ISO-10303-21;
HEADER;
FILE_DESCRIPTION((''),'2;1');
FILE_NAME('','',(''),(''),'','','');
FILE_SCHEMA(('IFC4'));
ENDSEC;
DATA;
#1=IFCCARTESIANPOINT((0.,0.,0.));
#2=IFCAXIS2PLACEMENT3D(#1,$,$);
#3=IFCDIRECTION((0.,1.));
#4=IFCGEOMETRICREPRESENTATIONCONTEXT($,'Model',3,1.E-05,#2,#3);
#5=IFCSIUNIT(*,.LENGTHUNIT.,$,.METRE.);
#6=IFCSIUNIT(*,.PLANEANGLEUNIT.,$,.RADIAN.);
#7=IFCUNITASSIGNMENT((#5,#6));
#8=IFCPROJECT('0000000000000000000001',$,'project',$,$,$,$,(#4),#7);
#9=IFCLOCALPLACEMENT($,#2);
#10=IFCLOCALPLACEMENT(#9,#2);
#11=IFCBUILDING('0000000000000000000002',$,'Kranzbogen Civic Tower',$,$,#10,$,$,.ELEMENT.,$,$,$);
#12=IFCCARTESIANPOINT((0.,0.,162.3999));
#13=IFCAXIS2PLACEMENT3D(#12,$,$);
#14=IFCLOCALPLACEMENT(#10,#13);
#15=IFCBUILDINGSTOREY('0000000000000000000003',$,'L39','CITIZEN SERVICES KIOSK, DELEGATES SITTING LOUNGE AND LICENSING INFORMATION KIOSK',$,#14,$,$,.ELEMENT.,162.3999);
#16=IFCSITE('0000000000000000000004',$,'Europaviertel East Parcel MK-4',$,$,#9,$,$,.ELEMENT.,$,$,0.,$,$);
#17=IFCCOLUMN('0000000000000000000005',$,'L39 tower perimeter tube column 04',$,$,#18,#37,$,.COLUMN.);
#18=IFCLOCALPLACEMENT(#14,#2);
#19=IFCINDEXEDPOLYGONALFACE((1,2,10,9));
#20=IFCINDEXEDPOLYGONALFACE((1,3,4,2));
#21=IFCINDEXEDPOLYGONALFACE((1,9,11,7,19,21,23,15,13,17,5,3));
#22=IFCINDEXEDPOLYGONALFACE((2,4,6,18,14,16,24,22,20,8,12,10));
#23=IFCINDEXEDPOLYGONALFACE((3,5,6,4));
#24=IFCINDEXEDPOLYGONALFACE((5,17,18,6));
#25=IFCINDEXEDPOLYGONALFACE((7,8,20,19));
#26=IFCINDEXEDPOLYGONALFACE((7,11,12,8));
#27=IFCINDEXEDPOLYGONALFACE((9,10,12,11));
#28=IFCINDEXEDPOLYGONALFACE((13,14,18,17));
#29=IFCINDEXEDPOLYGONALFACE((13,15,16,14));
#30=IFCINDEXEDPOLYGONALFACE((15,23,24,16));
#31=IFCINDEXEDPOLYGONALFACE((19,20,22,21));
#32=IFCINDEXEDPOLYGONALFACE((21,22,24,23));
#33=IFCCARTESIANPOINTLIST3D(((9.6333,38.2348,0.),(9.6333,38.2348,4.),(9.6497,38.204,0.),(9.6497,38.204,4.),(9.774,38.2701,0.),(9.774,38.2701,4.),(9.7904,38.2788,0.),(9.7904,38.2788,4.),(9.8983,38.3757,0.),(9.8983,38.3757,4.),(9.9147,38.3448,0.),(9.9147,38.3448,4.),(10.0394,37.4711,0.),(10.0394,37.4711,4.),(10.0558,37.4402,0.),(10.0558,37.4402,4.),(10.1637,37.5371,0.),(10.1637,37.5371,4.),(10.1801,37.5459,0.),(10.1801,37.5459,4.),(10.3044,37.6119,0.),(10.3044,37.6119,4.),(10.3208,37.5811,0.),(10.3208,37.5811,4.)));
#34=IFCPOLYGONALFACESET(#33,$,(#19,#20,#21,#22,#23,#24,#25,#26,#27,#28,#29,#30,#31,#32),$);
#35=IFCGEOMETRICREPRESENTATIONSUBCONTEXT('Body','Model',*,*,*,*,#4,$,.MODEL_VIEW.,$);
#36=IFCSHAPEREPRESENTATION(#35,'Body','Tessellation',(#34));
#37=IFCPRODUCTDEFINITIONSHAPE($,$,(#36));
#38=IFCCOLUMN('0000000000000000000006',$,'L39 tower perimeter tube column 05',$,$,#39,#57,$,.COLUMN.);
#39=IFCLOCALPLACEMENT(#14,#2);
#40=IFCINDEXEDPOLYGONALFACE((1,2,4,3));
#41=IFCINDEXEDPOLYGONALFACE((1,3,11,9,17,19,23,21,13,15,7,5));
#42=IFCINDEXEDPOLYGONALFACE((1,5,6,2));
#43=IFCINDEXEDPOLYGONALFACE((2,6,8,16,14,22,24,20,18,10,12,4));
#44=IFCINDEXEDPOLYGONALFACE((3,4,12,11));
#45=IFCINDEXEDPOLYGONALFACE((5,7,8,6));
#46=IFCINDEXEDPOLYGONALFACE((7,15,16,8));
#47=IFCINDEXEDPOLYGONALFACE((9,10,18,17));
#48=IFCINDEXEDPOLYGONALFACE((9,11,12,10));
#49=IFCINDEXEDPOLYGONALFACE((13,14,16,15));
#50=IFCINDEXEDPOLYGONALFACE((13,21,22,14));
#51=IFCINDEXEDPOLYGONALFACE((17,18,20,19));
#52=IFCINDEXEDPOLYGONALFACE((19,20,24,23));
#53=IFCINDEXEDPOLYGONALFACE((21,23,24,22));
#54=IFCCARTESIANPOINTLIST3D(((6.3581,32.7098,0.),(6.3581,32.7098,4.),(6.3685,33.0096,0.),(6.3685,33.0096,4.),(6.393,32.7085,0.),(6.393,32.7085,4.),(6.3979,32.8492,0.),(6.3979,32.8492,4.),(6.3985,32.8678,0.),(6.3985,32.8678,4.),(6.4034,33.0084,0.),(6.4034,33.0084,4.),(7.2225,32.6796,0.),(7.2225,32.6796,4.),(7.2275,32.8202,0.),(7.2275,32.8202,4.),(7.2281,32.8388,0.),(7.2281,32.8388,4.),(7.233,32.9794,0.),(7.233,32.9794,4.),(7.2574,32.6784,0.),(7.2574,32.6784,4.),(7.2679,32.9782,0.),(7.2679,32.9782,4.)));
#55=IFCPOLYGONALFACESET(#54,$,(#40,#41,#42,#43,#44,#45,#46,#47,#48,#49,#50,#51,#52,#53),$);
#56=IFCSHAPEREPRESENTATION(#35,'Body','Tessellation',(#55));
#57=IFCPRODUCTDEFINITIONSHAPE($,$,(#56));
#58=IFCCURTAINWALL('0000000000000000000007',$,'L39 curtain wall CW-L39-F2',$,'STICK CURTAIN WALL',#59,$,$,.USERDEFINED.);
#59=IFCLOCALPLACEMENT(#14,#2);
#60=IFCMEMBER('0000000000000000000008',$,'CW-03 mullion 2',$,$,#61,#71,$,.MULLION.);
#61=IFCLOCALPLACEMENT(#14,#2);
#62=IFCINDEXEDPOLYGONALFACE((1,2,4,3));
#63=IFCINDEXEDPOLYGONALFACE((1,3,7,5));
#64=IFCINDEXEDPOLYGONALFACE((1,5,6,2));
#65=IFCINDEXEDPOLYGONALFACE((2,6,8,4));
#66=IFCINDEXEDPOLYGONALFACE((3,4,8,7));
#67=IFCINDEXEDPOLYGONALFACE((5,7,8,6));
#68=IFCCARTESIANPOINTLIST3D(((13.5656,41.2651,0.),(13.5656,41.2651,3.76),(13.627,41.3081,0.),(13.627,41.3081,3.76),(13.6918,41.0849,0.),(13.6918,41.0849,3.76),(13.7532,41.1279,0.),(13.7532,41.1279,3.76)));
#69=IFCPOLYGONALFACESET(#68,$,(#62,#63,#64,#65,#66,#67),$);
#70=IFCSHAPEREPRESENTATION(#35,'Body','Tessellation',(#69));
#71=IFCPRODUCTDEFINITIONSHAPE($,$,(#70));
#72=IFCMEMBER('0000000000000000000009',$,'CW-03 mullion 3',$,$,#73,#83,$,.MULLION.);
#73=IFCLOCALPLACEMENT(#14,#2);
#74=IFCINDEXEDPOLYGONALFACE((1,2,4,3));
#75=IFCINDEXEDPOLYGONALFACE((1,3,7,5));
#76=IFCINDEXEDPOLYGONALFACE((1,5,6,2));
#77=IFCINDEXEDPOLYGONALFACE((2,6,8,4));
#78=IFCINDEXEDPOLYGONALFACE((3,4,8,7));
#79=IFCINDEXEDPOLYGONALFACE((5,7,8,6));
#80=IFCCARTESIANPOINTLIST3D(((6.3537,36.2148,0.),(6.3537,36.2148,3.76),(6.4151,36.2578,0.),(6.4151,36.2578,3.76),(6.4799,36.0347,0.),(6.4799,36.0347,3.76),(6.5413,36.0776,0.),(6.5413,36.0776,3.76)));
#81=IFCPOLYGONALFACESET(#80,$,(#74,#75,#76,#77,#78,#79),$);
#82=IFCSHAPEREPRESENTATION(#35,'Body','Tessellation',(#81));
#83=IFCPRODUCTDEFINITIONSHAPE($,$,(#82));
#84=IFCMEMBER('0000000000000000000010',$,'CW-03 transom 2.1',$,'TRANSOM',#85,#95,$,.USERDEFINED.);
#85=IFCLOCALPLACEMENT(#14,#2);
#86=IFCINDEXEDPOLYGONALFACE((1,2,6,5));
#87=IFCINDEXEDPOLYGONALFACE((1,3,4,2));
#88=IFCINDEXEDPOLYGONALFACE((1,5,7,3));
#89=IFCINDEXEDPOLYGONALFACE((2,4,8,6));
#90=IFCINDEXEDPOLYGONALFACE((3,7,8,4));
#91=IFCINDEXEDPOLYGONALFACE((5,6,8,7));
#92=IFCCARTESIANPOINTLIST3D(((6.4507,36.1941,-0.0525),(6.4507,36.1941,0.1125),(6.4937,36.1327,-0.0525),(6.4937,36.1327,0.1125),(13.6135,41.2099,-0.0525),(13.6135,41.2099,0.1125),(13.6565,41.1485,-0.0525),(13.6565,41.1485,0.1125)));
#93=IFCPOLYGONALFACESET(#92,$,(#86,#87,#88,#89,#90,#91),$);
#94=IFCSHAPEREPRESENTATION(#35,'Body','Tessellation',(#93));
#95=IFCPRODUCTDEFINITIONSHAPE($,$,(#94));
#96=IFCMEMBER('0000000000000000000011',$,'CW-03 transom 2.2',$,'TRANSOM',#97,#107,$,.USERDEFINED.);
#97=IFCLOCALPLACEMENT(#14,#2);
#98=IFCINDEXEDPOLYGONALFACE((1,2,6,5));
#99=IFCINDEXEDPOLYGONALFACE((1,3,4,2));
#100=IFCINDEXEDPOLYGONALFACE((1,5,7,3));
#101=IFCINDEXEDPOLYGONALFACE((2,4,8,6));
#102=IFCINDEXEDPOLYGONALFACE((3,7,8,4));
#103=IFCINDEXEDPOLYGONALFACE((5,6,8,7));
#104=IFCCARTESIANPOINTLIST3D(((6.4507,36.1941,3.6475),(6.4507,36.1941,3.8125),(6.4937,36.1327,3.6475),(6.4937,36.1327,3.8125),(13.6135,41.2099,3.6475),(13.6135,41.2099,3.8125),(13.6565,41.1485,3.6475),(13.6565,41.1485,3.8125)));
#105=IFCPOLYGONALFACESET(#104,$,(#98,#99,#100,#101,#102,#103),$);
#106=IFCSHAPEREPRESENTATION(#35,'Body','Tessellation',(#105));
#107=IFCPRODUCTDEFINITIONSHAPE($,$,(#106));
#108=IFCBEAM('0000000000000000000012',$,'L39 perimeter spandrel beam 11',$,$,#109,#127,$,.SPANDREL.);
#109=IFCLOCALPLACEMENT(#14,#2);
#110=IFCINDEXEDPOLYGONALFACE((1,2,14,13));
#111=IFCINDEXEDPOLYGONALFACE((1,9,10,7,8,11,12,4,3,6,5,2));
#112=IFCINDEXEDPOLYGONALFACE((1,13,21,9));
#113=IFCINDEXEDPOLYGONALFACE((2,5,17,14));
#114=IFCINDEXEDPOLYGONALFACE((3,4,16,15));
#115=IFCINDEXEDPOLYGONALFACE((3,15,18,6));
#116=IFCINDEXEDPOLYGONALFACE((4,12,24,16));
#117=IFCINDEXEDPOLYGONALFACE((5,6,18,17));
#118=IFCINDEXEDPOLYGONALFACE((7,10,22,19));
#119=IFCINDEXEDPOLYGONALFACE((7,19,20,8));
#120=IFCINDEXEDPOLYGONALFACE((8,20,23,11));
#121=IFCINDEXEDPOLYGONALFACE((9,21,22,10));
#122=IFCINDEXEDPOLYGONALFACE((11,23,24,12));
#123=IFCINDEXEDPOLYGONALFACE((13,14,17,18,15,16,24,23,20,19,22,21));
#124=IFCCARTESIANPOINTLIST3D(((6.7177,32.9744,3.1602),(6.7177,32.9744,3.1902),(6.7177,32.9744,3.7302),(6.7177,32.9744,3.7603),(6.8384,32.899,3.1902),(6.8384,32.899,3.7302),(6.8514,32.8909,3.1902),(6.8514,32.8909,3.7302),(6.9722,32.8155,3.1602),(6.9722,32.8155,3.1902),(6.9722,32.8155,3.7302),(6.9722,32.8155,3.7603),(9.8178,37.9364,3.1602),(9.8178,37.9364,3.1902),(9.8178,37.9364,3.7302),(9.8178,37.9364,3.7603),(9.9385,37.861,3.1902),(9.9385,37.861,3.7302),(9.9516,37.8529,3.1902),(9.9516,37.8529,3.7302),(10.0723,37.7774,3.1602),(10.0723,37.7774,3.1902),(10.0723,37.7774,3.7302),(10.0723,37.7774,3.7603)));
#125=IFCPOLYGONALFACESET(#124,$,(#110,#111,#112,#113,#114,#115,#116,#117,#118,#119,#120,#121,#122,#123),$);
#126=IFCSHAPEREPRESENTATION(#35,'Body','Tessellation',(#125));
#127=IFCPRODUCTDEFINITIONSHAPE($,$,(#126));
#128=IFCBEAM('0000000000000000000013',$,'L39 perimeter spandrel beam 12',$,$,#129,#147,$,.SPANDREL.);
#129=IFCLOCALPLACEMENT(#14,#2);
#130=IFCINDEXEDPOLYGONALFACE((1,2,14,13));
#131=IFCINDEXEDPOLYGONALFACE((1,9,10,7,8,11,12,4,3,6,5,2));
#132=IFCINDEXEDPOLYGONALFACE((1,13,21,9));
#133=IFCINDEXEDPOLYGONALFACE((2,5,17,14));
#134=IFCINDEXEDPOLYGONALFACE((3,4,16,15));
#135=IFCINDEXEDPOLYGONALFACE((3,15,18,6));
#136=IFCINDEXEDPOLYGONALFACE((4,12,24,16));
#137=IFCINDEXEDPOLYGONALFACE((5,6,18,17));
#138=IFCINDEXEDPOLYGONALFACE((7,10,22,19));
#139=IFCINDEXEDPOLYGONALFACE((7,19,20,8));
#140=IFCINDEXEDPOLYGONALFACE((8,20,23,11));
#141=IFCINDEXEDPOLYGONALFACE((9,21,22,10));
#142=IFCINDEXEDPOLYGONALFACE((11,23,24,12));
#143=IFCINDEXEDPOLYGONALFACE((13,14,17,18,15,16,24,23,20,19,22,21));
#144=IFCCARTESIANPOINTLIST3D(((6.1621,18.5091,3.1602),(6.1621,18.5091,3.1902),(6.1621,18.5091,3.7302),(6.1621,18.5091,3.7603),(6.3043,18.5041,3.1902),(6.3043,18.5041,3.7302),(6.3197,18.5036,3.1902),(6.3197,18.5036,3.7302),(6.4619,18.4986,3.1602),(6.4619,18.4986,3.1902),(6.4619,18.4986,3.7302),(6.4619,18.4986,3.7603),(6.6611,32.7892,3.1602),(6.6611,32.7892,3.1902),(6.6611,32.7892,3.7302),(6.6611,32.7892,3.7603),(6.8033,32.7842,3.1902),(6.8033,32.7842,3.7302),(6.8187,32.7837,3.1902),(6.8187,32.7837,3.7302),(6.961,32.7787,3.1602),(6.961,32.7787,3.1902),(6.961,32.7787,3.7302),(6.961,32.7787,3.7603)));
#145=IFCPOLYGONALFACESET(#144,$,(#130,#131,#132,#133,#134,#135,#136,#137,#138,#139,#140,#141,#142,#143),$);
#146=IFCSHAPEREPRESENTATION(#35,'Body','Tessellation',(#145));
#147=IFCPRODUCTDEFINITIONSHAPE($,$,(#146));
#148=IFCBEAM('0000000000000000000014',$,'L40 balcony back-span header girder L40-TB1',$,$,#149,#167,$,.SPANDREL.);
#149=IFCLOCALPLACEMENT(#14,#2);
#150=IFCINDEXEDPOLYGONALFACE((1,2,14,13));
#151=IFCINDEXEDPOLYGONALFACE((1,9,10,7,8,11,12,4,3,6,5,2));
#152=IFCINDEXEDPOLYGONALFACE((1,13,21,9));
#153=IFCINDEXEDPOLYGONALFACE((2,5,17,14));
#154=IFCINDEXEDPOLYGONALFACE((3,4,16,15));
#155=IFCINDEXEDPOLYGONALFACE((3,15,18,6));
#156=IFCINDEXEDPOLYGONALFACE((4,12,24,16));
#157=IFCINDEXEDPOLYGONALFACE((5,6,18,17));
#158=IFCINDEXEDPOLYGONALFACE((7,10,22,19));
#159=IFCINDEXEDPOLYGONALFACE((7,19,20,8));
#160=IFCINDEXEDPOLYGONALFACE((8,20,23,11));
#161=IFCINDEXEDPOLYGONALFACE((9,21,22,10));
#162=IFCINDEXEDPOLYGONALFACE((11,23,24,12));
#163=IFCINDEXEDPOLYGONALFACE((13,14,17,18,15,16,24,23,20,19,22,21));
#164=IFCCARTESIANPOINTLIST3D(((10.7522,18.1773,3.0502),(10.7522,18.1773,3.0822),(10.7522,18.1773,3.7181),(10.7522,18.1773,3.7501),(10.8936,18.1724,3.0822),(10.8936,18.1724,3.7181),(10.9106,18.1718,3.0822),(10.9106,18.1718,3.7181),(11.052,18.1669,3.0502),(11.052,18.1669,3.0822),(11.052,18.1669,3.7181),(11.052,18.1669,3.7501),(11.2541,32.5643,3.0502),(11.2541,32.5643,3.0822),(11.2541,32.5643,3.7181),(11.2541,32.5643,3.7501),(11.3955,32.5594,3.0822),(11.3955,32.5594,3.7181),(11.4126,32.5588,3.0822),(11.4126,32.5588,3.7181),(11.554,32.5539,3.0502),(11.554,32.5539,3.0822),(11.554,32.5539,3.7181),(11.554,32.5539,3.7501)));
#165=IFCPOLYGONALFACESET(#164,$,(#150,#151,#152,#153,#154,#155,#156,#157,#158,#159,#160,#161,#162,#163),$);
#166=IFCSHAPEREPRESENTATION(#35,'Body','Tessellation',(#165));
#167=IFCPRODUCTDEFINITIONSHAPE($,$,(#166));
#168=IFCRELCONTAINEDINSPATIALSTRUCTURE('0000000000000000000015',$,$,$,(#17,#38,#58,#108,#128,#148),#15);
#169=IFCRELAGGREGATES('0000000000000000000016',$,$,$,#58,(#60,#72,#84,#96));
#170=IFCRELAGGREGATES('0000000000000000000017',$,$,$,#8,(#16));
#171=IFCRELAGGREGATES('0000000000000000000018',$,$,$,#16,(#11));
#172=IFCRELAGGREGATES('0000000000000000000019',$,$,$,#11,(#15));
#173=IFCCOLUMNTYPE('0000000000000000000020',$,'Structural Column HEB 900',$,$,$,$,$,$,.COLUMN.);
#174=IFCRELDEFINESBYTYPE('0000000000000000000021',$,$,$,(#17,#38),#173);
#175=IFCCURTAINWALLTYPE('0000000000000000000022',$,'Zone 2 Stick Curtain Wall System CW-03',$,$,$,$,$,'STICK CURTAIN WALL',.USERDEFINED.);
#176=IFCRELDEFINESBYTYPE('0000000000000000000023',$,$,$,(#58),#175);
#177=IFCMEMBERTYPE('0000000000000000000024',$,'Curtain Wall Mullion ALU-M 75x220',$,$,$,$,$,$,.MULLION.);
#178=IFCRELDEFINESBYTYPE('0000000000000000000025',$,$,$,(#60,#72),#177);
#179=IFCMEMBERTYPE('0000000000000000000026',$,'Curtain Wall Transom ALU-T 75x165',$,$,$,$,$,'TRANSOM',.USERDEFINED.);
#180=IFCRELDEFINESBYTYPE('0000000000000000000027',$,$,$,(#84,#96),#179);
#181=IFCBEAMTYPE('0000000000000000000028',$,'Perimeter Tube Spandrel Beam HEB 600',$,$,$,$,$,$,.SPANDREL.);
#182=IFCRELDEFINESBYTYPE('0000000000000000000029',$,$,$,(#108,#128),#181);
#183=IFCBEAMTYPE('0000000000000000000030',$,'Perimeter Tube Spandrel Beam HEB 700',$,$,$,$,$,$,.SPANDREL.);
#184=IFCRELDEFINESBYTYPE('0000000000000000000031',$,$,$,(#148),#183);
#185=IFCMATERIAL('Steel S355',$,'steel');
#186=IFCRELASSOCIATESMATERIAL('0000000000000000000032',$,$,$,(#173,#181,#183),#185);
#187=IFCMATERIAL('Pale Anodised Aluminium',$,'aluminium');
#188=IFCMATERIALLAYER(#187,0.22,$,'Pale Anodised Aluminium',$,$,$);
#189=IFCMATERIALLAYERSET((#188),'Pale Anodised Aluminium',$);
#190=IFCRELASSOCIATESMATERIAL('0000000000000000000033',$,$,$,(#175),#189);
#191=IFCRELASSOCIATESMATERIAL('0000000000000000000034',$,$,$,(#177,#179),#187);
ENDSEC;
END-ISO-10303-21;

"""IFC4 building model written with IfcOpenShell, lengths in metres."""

from ifc_helpers import new_model, si_unit, direction, frame, origin, origin_2d, place, context, subcontext, project, spatial, rectangle, i_section, extrude, material, layer, layer_set, material_profile, profile_set, type_object, element, aggregate, save


model = new_model("IFC4")

# Units and contexts
model_context = context("Model", 3, precision=1e-05, world=origin(), true_north=direction((0.0, 1.0)))
body_context = subcontext(model_context, "Body", "Model", "MODEL_VIEW")
ifc_project = project(units=[si_unit("LENGTHUNIT", "METRE"), si_unit("PLANEANGLEUNIT", "RADIAN")], contexts=[model_context])

# Site, building, storey
site_placement = place(None, origin())
site = spatial("IfcSite", under=ifc_project, at=site_placement, Name="Europaviertel East Parcel MK-4", CompositionType="ELEMENT", RefElevation=0.0)
building_placement = place(site_placement, origin())
building = spatial("IfcBuilding", under=site, at=building_placement, Name="Kranzbogen Civic Tower", CompositionType="ELEMENT")
storey_placement = place(building_placement, frame((0.0, 0.0, 162.3999)))
storey = spatial("IfcBuildingStorey", under=building, at=storey_placement, Name="L39", Description="CITIZEN SERVICES KIOSK, DELEGATES SITTING LOUNGE AND LICENSING INFORMATION KIOSK", CompositionType="ELEMENT", Elevation=162.3999)

# Columns
ifc_material_1 = material(Name="Steel S355", Category="steel")
ifc_material_profile_1 = material_profile(ifc_material_1, i_section(OverallWidth=0.3, OverallDepth=0.8999, WebThickness=0.0186, FlangeThickness=0.0349, at=origin_2d()), Name="HEB 900")
ifc_profile_set_1 = profile_set([ifc_material_profile_1], Name="Steel S355")
column_type = type_object("IfcColumnType", Name="Structural Column HEB 900", PredefinedType="COLUMN", material=ifc_profile_set_1)
for number, where, z_axis, x_axis, name in (
    (1, (9.9771, 37.908, 0.0), (0.0, 0.0, 1.0), (0.882948, 0.469472, 0.0), "L39 tower perimeter tube column 04"),
    (2, (6.813, 32.844, 0.0), (0.0, 0.0, 1.0), (0.034899, 0.999391, 0.0), "L39 tower perimeter tube column 05"),
):
    element("IfcColumn", number, at=place(storey_placement, frame(where, z_axis=z_axis, x_axis=x_axis)), inside=storey, type_object=column_type, Name=name, PredefinedType="COLUMN", context=body_context, shape_type="SweptSolid", body=[
        extrude(i_section(OverallWidth=0.3, OverallDepth=0.8999, WebThickness=0.0186, FlangeThickness=0.0349, at=origin_2d()), origin(), (0.0, 0.0, 1.0), 4.0),
    ])

# Curtain wall, members
ifc_material_2 = material(Name="Pale Anodised Aluminium", Category="aluminium")
ifc_layer_1 = layer(ifc_material_2, 0.22, Name="Pale Anodised Aluminium")
ifc_layer_set_1 = layer_set([ifc_layer_1], Name="Pale Anodised Aluminium")
curtain_wall_type = type_object("IfcCurtainWallType", Name="Zone 2 Stick Curtain Wall System CW-03", ElementType="STICK CURTAIN WALL", PredefinedType="USERDEFINED", material=ifc_layer_set_1)
curtain_wall_placement = place(storey_placement, origin())
curtain_wall = element("IfcCurtainWall", 3, at=curtain_wall_placement, inside=storey, type_object=curtain_wall_type, Name="L39 curtain wall CW-L39-F2", ObjectType="STICK CURTAIN WALL", PredefinedType="USERDEFINED")
ifc_material_profile_2 = material_profile(ifc_material_2, rectangle(XDim=0.075, YDim=0.22, at=origin_2d()), Name="ALU-M 75x220")
ifc_profile_set_2 = profile_set([ifc_material_profile_2], Name="Pale Anodised Aluminium")
member_type_1 = type_object("IfcMemberType", Name="Curtain Wall Mullion ALU-M 75x220", PredefinedType="MULLION", material=ifc_profile_set_2)
member_1_placement = place(storey_placement, frame((13.6594, 41.1965, 0.0), z_axis=(0.0, 0.0, 1.0), x_axis=(-0.819128, -0.57361, 0.0)))
member_1 = element("IfcMember", 4, at=member_1_placement, type_object=member_type_1, Name="CW-03 mullion 2", PredefinedType="MULLION", context=body_context, shape_type="SweptSolid", body=[
    extrude(rectangle(XDim=0.075, YDim=0.22, at=origin_2d()), origin(), (0.0, 0.0, 1.0), 3.76),
])
member_2_placement = place(storey_placement, frame((6.4475, 36.1462, 0.0), z_axis=(0.0, 0.0, 1.0), x_axis=(-0.819128, -0.57361, 0.0)))
member_2 = element("IfcMember", 5, at=member_2_placement, type_object=member_type_1, Name="CW-03 mullion 3", PredefinedType="MULLION", context=body_context, shape_type="SweptSolid", body=[
    extrude(rectangle(XDim=0.075, YDim=0.22, at=origin_2d()), origin(), (0.0, 0.0, 1.0), 3.76),
])
ifc_material_profile_3 = material_profile(ifc_material_2, rectangle(XDim=0.075, YDim=0.165, at=origin_2d()), Name="ALU-T 75x165")
ifc_profile_set_3 = profile_set([ifc_material_profile_3], Name="Pale Anodised Aluminium")
member_type_2 = type_object("IfcMemberType", Name="Curtain Wall Transom ALU-T 75x165", ElementType="TRANSOM", PredefinedType="USERDEFINED", material=ifc_profile_set_3)
member_3_placement = place(storey_placement, frame((13.635, 41.1792, 0.03), z_axis=(-0.819131, -0.573607, 0.0), x_axis=(0.573607, -0.819131, 0.0)))
member_3 = element("IfcMember", 6, at=member_3_placement, type_object=member_type_2, Name="CW-03 transom 2.1", ObjectType="TRANSOM", PredefinedType="USERDEFINED", context=body_context, shape_type="SweptSolid", body=[
    extrude(rectangle(XDim=0.075, YDim=0.165, at=origin_2d()), origin(), (0.0, 0.0, 1.0), 8.7444),
])
member_4_placement = place(storey_placement, frame((13.635, 41.1792, 3.73), z_axis=(-0.819131, -0.573607, 0.0), x_axis=(0.573607, -0.819131, 0.0)))
member_4 = element("IfcMember", 7, at=member_4_placement, type_object=member_type_2, Name="CW-03 transom 2.2", ObjectType="TRANSOM", PredefinedType="USERDEFINED", context=body_context, shape_type="SweptSolid", body=[
    extrude(rectangle(XDim=0.075, YDim=0.165, at=origin_2d()), origin(), (0.0, 0.0, 1.0), 8.7444),
])

# Beams
ifc_material_profile_4 = material_profile(ifc_material_1, i_section(OverallWidth=0.3, OverallDepth=0.6001, WebThickness=0.0154, FlangeThickness=0.03, at=origin_2d()), Name="HEB 600")
ifc_profile_set_4 = profile_set([ifc_material_profile_4], Name="Steel S355")
beam_type_1 = type_object("IfcBeamType", Name="Perimeter Tube Spandrel Beam HEB 600", PredefinedType="SPANDREL", material=ifc_profile_set_4)
beam_1_placement = place(storey_placement, frame((9.9451, 37.8569, 3.4602), z_axis=(-0.529864, -0.848083, 0.0), x_axis=(0.848083, -0.529864, 0.0)))
element("IfcBeam", 8, at=beam_1_placement, inside=storey, type_object=beam_type_1, Name="L39 perimeter spandrel beam 11", PredefinedType="SPANDREL", context=body_context, shape_type="SweptSolid", body=[
    extrude(i_section(OverallWidth=0.3, OverallDepth=0.6001, WebThickness=0.0154, FlangeThickness=0.03, at=origin_2d()), origin(), (0.0, 0.0, 1.0), 5.8508),
])
beam_2_placement = place(storey_placement, frame((6.811, 32.7839, 3.4602), z_axis=(-0.034924, -0.99939, 0.0), x_axis=(0.99939, -0.034924, 0.0)))
element("IfcBeam", 9, at=beam_2_placement, inside=storey, type_object=beam_type_1, Name="L39 perimeter spandrel beam 12", PredefinedType="SPANDREL", context=body_context, shape_type="SweptSolid", body=[
    extrude(i_section(OverallWidth=0.3, OverallDepth=0.6001, WebThickness=0.0154, FlangeThickness=0.03, at=origin_2d()), origin(), (0.0, 0.0, 1.0), 14.2888),
])
ifc_material_profile_5 = material_profile(ifc_material_1, i_section(OverallWidth=0.3, OverallDepth=0.7, WebThickness=0.0171, FlangeThickness=0.032, at=origin_2d()), Name="HEB 700")
ifc_profile_set_5 = profile_set([ifc_material_profile_5], Name="Steel S355")
beam_type_2 = type_object("IfcBeamType", Name="Perimeter Tube Spandrel Beam HEB 700", PredefinedType="SPANDREL", material=ifc_profile_set_5)
beam_3_placement = place(storey_placement, frame((11.4041, 32.5591, 3.4001), z_axis=(-0.034868, -0.999392, 0.0), x_axis=(0.999392, -0.034868, 0.0)))
element("IfcBeam", 10, at=beam_3_placement, inside=storey, type_object=beam_type_2, Name="L40 balcony back-span header girder L40-TB1", PredefinedType="SPANDREL", context=body_context, shape_type="SweptSolid", body=[
    extrude(i_section(OverallWidth=0.3, OverallDepth=0.7, WebThickness=0.0171, FlangeThickness=0.032, at=origin_2d()), origin(), (0.0, 0.0, 1.0), 14.3958),
])

aggregate(curtain_wall, [member_1, member_2, member_3, member_4])

save(model, "model.ifc")
